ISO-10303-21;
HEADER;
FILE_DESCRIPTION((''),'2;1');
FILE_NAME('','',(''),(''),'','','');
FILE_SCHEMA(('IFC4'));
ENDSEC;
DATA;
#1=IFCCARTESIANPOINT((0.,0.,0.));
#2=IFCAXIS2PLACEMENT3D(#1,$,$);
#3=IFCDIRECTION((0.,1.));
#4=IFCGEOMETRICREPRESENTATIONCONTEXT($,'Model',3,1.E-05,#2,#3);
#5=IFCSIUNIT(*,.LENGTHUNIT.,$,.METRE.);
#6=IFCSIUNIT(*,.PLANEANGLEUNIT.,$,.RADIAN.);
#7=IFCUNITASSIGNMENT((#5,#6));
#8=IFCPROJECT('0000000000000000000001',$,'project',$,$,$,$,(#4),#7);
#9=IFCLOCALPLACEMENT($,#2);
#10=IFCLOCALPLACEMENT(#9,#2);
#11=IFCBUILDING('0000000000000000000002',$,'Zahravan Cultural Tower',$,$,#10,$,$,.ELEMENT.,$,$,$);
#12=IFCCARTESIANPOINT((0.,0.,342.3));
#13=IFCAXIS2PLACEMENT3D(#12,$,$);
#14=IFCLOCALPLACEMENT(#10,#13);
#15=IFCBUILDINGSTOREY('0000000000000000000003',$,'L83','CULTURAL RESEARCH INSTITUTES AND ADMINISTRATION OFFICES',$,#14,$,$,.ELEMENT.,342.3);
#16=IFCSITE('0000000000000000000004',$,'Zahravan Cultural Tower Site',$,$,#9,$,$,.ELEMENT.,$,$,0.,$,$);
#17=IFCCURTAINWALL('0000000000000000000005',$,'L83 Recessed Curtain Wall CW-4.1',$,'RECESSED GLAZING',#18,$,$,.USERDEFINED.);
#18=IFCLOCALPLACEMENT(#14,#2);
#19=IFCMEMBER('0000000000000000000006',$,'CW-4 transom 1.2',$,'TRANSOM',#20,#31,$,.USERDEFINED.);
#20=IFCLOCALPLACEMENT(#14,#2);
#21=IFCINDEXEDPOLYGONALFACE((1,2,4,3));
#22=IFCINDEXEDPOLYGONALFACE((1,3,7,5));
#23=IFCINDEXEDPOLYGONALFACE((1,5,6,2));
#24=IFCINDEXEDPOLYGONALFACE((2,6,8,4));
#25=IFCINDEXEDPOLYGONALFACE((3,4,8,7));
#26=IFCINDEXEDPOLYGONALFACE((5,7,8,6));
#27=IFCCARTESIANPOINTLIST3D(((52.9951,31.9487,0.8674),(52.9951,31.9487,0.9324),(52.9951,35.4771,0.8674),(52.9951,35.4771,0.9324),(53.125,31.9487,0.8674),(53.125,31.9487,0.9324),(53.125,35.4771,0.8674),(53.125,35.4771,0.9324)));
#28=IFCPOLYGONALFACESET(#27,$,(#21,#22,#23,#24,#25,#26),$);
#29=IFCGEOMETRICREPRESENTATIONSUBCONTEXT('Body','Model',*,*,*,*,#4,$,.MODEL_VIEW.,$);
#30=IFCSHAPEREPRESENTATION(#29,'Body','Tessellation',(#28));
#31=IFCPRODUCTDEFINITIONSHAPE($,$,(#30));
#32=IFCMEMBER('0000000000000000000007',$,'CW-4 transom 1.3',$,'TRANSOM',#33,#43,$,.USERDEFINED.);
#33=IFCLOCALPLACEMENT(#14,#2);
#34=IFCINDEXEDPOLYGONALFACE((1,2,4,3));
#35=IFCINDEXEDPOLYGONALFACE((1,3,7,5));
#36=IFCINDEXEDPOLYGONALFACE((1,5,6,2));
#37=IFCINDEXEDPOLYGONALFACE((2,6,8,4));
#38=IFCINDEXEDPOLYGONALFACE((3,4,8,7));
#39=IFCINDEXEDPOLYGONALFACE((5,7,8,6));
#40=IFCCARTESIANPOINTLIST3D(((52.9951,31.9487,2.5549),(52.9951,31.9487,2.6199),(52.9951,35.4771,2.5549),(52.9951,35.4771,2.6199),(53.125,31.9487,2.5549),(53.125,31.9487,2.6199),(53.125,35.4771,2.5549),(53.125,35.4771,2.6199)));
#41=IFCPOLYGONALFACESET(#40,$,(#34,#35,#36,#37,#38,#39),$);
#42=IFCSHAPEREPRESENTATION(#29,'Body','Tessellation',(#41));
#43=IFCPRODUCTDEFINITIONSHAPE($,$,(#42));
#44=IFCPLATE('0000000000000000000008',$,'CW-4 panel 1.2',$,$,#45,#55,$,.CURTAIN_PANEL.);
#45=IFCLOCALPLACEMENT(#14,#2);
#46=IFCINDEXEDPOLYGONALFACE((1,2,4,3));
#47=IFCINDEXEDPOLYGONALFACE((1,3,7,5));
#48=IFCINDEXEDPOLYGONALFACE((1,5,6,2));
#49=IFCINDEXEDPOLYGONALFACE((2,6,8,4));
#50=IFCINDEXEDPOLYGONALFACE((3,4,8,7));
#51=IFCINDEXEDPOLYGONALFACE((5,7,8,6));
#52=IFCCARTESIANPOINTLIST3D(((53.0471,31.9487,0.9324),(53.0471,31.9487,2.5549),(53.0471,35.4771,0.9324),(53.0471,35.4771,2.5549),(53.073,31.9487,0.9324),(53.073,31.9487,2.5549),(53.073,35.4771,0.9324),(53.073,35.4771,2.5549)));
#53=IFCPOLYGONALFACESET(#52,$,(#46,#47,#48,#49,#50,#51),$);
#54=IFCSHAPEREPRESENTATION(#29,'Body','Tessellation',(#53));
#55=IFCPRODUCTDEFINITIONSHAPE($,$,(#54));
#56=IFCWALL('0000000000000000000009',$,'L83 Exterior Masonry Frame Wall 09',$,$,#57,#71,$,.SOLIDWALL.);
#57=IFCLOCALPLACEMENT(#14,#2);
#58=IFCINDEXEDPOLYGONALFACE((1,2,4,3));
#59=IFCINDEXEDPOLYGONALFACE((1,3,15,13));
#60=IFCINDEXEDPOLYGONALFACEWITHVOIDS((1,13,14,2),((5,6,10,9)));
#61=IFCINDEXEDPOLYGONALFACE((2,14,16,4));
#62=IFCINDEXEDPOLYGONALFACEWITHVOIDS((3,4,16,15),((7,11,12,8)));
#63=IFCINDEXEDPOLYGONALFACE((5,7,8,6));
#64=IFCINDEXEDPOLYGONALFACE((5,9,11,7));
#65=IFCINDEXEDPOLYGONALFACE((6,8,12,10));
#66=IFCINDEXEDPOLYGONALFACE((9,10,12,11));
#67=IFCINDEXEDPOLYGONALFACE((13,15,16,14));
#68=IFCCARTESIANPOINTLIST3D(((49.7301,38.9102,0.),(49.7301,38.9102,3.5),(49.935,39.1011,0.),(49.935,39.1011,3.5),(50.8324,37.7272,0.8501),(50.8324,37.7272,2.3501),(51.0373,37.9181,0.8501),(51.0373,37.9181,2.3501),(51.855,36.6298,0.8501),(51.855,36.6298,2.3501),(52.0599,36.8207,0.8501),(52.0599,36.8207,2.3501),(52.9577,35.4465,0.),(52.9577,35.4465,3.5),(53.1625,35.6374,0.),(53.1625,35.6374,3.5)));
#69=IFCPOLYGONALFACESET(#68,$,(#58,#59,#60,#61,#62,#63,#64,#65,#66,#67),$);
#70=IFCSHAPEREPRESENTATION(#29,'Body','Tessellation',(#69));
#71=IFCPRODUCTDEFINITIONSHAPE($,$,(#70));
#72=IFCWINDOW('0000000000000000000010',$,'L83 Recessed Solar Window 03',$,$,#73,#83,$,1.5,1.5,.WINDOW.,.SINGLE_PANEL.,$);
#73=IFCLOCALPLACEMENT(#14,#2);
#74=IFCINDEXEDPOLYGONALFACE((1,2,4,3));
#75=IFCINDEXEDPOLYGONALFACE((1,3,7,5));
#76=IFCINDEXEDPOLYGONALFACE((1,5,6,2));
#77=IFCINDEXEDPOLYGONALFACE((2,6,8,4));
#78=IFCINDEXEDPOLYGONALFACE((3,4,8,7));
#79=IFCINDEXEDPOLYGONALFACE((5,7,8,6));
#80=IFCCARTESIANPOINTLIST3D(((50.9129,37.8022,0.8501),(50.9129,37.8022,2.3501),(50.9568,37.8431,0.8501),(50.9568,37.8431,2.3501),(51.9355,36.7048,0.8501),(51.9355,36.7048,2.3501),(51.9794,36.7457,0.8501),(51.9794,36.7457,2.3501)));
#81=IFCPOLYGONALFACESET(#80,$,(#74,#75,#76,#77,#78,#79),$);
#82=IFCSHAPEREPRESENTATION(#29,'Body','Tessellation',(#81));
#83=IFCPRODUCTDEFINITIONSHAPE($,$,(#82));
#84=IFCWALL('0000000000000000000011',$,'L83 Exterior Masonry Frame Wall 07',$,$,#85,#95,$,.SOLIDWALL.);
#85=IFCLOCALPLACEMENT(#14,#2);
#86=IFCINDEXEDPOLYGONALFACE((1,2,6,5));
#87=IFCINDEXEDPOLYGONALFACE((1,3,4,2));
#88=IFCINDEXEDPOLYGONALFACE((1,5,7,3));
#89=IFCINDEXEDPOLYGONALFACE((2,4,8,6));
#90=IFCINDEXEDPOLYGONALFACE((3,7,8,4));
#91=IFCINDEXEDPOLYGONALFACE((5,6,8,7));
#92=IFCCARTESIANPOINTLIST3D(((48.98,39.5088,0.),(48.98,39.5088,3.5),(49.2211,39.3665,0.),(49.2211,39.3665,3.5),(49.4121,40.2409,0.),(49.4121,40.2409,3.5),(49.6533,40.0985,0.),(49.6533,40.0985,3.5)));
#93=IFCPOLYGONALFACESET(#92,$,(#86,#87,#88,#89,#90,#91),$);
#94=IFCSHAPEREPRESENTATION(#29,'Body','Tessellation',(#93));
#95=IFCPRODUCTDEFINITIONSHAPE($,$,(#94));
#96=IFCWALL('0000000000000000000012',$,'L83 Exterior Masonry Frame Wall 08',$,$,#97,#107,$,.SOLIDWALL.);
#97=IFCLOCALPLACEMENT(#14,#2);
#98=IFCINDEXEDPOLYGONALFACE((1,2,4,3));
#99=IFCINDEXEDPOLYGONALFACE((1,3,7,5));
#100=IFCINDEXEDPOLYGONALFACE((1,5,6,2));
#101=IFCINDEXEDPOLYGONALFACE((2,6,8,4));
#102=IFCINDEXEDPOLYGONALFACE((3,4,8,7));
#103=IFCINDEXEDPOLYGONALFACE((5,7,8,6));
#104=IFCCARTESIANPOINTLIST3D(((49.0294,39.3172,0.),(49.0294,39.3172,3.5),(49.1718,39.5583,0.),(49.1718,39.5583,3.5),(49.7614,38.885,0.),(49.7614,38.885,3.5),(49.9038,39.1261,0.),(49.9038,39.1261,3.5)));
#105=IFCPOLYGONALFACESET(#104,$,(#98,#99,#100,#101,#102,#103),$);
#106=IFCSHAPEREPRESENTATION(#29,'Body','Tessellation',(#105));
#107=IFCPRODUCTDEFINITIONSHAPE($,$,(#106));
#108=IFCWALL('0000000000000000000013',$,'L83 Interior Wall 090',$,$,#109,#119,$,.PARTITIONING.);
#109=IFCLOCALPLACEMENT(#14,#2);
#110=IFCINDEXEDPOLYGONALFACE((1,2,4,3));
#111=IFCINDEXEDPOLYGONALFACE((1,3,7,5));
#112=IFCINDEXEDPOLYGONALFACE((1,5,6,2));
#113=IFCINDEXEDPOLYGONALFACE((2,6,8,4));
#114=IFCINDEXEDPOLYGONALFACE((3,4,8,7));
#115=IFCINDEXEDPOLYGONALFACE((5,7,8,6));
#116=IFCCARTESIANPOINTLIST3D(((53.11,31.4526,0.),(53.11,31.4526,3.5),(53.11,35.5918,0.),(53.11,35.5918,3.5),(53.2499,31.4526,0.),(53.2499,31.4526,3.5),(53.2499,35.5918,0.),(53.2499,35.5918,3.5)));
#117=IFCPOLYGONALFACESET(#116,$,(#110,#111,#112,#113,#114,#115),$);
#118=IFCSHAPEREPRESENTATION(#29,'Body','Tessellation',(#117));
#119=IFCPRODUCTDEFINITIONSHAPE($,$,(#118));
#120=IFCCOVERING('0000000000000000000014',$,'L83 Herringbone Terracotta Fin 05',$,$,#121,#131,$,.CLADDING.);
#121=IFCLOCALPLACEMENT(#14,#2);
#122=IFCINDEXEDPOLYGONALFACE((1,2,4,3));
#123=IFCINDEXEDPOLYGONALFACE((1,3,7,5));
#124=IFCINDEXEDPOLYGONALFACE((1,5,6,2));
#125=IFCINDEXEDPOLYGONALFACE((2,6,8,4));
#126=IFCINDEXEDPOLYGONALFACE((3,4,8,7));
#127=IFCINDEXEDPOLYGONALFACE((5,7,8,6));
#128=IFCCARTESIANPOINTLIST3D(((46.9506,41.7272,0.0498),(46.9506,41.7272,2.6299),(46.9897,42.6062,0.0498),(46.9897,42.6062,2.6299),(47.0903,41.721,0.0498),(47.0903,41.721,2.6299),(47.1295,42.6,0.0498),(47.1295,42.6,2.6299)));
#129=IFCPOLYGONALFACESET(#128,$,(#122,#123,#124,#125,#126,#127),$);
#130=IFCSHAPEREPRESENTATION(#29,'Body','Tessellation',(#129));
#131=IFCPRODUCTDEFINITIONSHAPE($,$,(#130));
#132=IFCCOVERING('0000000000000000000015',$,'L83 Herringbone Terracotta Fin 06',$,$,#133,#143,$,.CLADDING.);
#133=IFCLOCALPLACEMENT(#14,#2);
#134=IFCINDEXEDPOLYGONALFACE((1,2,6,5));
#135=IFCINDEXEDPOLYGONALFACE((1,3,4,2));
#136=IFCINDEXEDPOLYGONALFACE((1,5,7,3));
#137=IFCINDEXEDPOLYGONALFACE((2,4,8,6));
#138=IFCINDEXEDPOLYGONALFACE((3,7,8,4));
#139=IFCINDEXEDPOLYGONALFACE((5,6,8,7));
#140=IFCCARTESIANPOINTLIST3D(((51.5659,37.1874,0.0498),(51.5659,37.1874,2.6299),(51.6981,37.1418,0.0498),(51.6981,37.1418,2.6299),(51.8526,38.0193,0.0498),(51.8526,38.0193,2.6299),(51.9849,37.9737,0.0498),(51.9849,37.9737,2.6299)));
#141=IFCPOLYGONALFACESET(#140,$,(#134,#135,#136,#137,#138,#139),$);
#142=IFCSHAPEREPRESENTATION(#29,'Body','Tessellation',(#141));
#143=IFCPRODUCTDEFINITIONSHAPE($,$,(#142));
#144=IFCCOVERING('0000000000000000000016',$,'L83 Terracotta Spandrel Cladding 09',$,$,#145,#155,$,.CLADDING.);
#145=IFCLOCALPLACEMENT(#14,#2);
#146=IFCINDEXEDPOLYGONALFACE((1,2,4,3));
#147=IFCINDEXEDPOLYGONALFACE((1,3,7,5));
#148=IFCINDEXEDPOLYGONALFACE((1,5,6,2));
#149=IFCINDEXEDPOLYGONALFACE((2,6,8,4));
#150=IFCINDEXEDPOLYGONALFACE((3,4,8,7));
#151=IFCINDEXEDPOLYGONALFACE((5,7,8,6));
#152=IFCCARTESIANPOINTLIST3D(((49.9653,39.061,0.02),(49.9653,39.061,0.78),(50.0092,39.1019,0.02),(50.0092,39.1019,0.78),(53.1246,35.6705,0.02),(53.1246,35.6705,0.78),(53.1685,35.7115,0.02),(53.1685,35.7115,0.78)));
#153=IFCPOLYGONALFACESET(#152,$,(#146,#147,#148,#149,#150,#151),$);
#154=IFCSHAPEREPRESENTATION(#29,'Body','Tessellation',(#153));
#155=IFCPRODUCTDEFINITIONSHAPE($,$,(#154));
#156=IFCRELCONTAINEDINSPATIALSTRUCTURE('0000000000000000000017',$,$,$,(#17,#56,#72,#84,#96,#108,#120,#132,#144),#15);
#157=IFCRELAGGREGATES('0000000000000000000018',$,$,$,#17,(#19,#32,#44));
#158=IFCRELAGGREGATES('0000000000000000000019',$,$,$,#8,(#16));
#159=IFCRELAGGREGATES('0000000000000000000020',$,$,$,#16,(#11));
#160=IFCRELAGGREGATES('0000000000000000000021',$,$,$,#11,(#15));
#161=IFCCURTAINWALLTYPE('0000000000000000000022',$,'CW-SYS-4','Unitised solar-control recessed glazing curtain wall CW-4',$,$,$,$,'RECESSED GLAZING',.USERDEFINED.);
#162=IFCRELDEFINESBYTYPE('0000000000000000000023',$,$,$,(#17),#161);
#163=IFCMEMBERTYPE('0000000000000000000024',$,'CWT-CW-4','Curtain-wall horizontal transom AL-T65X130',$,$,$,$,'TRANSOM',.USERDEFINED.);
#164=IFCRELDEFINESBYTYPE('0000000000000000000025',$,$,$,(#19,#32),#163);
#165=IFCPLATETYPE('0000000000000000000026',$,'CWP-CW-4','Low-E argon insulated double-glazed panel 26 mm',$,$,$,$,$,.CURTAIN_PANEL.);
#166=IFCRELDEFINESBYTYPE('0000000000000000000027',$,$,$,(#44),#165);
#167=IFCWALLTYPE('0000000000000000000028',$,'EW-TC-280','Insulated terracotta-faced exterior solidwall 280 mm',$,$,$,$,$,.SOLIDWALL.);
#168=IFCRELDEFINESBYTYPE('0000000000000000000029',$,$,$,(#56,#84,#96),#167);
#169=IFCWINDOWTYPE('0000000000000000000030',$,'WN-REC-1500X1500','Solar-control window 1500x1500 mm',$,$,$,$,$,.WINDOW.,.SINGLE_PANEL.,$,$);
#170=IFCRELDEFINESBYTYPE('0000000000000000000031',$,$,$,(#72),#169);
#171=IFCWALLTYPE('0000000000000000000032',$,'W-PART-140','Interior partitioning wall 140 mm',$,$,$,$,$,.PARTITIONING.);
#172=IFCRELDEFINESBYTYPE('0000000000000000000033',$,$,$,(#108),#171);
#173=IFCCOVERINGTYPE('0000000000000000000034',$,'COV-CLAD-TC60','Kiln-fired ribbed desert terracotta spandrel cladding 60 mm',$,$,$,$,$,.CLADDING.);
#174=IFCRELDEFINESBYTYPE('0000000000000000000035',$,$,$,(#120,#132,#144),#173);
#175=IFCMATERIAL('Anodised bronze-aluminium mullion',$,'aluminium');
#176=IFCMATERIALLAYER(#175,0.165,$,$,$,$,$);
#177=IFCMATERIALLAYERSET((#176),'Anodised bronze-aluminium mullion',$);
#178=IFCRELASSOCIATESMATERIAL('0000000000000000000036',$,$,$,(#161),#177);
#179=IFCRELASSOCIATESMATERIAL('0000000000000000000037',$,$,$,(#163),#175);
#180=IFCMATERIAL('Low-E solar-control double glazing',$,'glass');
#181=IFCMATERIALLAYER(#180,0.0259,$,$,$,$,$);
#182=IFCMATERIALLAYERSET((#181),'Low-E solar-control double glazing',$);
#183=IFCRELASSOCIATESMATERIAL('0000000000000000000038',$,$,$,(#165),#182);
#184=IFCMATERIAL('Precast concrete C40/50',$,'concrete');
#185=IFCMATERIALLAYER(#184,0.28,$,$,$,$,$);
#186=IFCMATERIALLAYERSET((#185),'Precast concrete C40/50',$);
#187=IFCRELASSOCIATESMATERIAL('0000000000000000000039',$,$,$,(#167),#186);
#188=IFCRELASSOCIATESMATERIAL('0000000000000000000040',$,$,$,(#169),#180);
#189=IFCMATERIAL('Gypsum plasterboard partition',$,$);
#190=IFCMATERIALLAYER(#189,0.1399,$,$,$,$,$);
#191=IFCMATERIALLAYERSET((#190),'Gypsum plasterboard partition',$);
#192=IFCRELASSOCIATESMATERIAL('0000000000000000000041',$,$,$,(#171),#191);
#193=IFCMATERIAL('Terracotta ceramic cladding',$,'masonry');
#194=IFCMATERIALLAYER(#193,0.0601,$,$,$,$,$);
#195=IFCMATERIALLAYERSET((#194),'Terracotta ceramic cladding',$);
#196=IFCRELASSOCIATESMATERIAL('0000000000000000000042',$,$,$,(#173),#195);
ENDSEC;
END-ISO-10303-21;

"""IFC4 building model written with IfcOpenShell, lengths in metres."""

from ifc_helpers import new_model, si_unit, direction, frame, frame_2d, origin, origin_2d, place, context, subcontext, project, spatial, rectangle, extrude, source, transform, mapped, material, layer, layer_set, material_profile, profile_set, type_object, element, fill, aggregate, save


model = new_model("IFC4")

# Units and contexts
model_context = context("Model", 3, precision=1e-05, world=origin(), true_north=direction((0.0, 1.0)))
body_context = subcontext(model_context, "Body", "Model", "MODEL_VIEW")
ifc_project = project(units=[si_unit("LENGTHUNIT", "METRE"), si_unit("PLANEANGLEUNIT", "RADIAN")], contexts=[model_context])

# Site, building, storey
site_placement = place(None, origin())
site = spatial("IfcSite", under=ifc_project, at=site_placement, Name="Zahravan Cultural Tower Site", CompositionType="ELEMENT", RefElevation=0.0)
building_placement = place(site_placement, origin())
building = spatial("IfcBuilding", under=site, at=building_placement, Name="Zahravan Cultural Tower", CompositionType="ELEMENT")
storey_placement = place(building_placement, frame((0.0, 0.0, 342.3)))
storey = spatial("IfcBuildingStorey", under=building, at=storey_placement, Name="L83", Description="CULTURAL RESEARCH INSTITUTES AND ADMINISTRATION OFFICES", CompositionType="ELEMENT", Elevation=342.3)

# Curtain wall, members, plate
ifc_material_1 = material(Name="Anodised bronze-aluminium mullion", Category="aluminium")
ifc_layer_1 = layer(ifc_material_1, 0.165)
ifc_layer_set_1 = layer_set([ifc_layer_1], Name="Anodised bronze-aluminium mullion")
curtain_wall_type = type_object("IfcCurtainWallType", Name="CW-SYS-4", Description="Unitised solar-control recessed glazing curtain wall CW-4", ElementType="RECESSED GLAZING", PredefinedType="USERDEFINED", material=ifc_layer_set_1)
curtain_wall_placement = place(storey_placement, origin())
curtain_wall = element("IfcCurtainWall", 1, at=curtain_wall_placement, inside=storey, type_object=curtain_wall_type, Name="L83 Recessed Curtain Wall CW-4.1", ObjectType="RECESSED GLAZING", PredefinedType="USERDEFINED")
ifc_material_profile_1 = material_profile(ifc_material_1, rectangle(XDim=0.1299, YDim=0.0649, at=origin_2d()), Name="AL-T65X130")
ifc_profile_set_1 = profile_set([ifc_material_profile_1], Name="Anodised bronze-aluminium mullion")
member_type_1 = type_object("IfcMemberType", Name="CWT-CW-4", Description="Curtain-wall horizontal transom AL-T65X130", ElementType="TRANSOM", PredefinedType="USERDEFINED", material=ifc_profile_set_1)
shared_shape_1 = source(origin(), body_context, "Body", "SweptSolid", [
    extrude(rectangle(XDim=0.1299, YDim=0.0649, at=origin_2d()), origin(), (0.0, 0.0, 1.0), 3.5283),
])
member_1_placement = place(storey_placement, frame((53.0601, 35.4771, 0.8999), z_axis=(0.0, -1.0, 0.0), x_axis=(1.0, 0.0, 0.0)))
member_1 = element("IfcMember", 2, at=member_1_placement, type_object=member_type_1, Name="CW-4 transom 1.2", ObjectType="TRANSOM", PredefinedType="USERDEFINED", context=body_context, shape_type="MappedRepresentation", body=[
    mapped(shared_shape_1, transform((0.0, 0.0, 0.0), x_axis=(1.0, 0.0, 0.0), y_axis=(0.0, 1.0, 0.0), z_axis=(0.0, 0.0, 1.0), scale=1.0)),
])
member_2_placement = place(storey_placement, frame((53.0601, 35.4771, 2.5874), z_axis=(0.0, -1.0, 0.0), x_axis=(1.0, 0.0, 0.0)))
member_2 = element("IfcMember", 3, at=member_2_placement, type_object=member_type_1, Name="CW-4 transom 1.3", ObjectType="TRANSOM", PredefinedType="USERDEFINED", context=body_context, shape_type="MappedRepresentation", body=[
    mapped(shared_shape_1, transform((0.0, 0.0, 0.0), x_axis=(1.0, 0.0, 0.0), y_axis=(0.0, 1.0, 0.0), z_axis=(0.0, 0.0, 1.0), scale=1.0)),
])
ifc_material_2 = material(Name="Low-E solar-control double glazing", Category="glass")
ifc_layer_2 = layer(ifc_material_2, 0.0259)
ifc_layer_set_2 = layer_set([ifc_layer_2], Name="Low-E solar-control double glazing")
plate_type = type_object("IfcPlateType", Name="CWP-CW-4", Description="Low-E argon insulated double-glazed panel 26 mm", PredefinedType="CURTAIN_PANEL", material=ifc_layer_set_2)
shared_shape_2 = source(origin(), body_context, "Body", "SweptSolid", [
    extrude(rectangle(XDim=3.5283, YDim=0.0259, at=origin_2d()), origin(), (0.0, 0.0, 1.0), 1.6226),
])
plate_placement = place(storey_placement, frame((53.0601, 33.7129, 0.9324), z_axis=(0.0, 0.0, 1.0), x_axis=(0.0, -1.0, 0.0)))
plate = element("IfcPlate", 4, at=plate_placement, type_object=plate_type, Name="CW-4 panel 1.2", PredefinedType="CURTAIN_PANEL", context=body_context, shape_type="MappedRepresentation", body=[
    mapped(shared_shape_2, transform((0.0, 0.0, 0.0), x_axis=(1.0, 0.0, 0.0), y_axis=(0.0, 1.0, 0.0), z_axis=(0.0, 0.0, 1.0), scale=1.0)),
])
aggregate(curtain_wall, [member_1, member_2, plate])

# Wall, opening, window
ifc_material_3 = material(Name="Precast concrete C40/50", Category="concrete")
ifc_layer_3 = layer(ifc_material_3, 0.28)
ifc_layer_set_3 = layer_set([ifc_layer_3], Name="Precast concrete C40/50")
wall_type_1 = type_object("IfcWallType", Name="EW-TC-280", Description="Insulated terracotta-faced exterior solidwall 280 mm", PredefinedType="SOLIDWALL", material=ifc_layer_set_3)
wall_1_placement = place(storey_placement, frame((49.8325, 39.0056, 0.0), z_axis=(0.0, 0.0, 1.0), x_axis=(0.681734, -0.7316, 0.0)))
wall_1 = element("IfcWall", 5, at=wall_1_placement, inside=storey, type_object=wall_type_1, Name="L83 Exterior Masonry Frame Wall 09", PredefinedType="SOLIDWALL", context=body_context, shape_type="SweptSolid", body=[
    extrude(rectangle(XDim=4.7344, YDim=0.28, at=frame_2d((2.3672, 0.0))), origin(), (0.0, 0.0, 1.0), 3.5),
])
opening_placement = place(wall_1_placement, frame((1.6169, 0.0, 0.8501)))
opening = element("IfcOpeningElement", 6, at=opening_placement, cuts=wall_1, PredefinedType="OPENING", context=body_context, shape_type="SweptSolid", body=[
    extrude(rectangle(XDim=1.5, YDim=1.5, at=frame_2d((0.75, 0.75))), frame((0.0, 0.1499, 0.0), z_axis=(0.0, -1.0, 0.0), x_axis=(1.0, 0.0, 0.0)), (0.0, 0.0, 1.0), 0.3),
])
window_type = type_object("IfcWindowType", Name="WN-REC-1500X1500", Description="Solar-control window 1500x1500 mm", PartitioningType="SINGLE_PANEL", PredefinedType="WINDOW", material=ifc_material_2)
shared_shape_3 = source(origin(), body_context, "Body", "SweptSolid", [
    extrude(rectangle(XDim=1.5, YDim=1.5, at=frame_2d((0.75, 0.75))), frame((0.0, 0.03, 0.0), z_axis=(0.0, -1.0, 0.0), x_axis=(1.0, 0.0, 0.0)), (0.0, 0.0, 1.0), 0.0601),
])
window_placement = place(opening_placement, origin())
window = element("IfcWindow", 7, at=window_placement, inside=storey, type_object=window_type, Name="L83 Recessed Solar Window 03", OverallHeight=1.5, OverallWidth=1.5, PartitioningType="SINGLE_PANEL", PredefinedType="WINDOW", context=body_context, shape_type="MappedRepresentation", body=[
    mapped(shared_shape_3, transform((0.0, 0.0, 0.0), x_axis=(1.0, 0.0, 0.0), y_axis=(0.0, 1.0, 0.0), z_axis=(0.0, 0.0, 1.0), scale=1.0)),
])
fill(opening, window)

# Walls
shared_shape_4 = source(origin(), body_context, "Body", "SweptSolid", [
    extrude(rectangle(XDim=0.8501, YDim=0.28, at=frame_2d((0.425, 0.0))), origin(), (0.0, 0.0, 1.0), 3.5),
])
for number, where, z_axis, x_axis, name in (
    (8, (49.5327, 40.1697, 0.0), (0.0, 0.0, 1.0), (-0.5084, -0.861121, 0.0), "L83 Exterior Masonry Frame Wall 07"),
    (9, (49.1006, 39.4377, 0.0), (0.0, 0.0, 1.0), (0.861121, -0.5084, 0.0), "L83 Exterior Masonry Frame Wall 08"),
):
    element("IfcWall", number, at=place(storey_placement, frame(where, z_axis=z_axis, x_axis=x_axis)), inside=storey, type_object=wall_type_1, Name=name, PredefinedType="SOLIDWALL", context=body_context, shape_type="MappedRepresentation", body=[
        mapped(shared_shape_4, transform((0.0, 0.0, 0.0), x_axis=(1.0, 0.0, 0.0), y_axis=(0.0, 1.0, 0.0), z_axis=(0.0, 0.0, 1.0), scale=1.0)),
    ])
ifc_material_4 = material(Name="Gypsum plasterboard partition")
ifc_layer_4 = layer(ifc_material_4, 0.1399)
ifc_layer_set_4 = layer_set([ifc_layer_4], Name="Gypsum plasterboard partition")
wall_type_2 = type_object("IfcWallType", Name="W-PART-140", Description="Interior partitioning wall 140 mm", PredefinedType="PARTITIONING", material=ifc_layer_set_4)
shared_shape_5 = source(origin(), body_context, "Body", "SweptSolid", [
    extrude(rectangle(XDim=4.1392, YDim=0.1399, at=frame_2d((2.0696, 0.0))), origin(), (0.0, 0.0, 1.0), 3.5),
])
wall_2_placement = place(storey_placement, frame((53.1799, 35.5918, 0.0), z_axis=(0.0, 0.0, 1.0), x_axis=(0.0, -1.0, 0.0)))
element("IfcWall", 10, at=wall_2_placement, inside=storey, type_object=wall_type_2, Name="L83 Interior Wall 090", PredefinedType="PARTITIONING", context=body_context, shape_type="MappedRepresentation", body=[
    mapped(shared_shape_5, transform((0.0, 0.0, 0.0), x_axis=(1.0, 0.0, 0.0), y_axis=(0.0, 1.0, 0.0), z_axis=(0.0, 0.0, 1.0), scale=1.0)),
])

# Coverings
ifc_material_5 = material(Name="Terracotta ceramic cladding", Category="masonry")
ifc_layer_5 = layer(ifc_material_5, 0.0601)
ifc_layer_set_5 = layer_set([ifc_layer_5], Name="Terracotta ceramic cladding")
covering_type = type_object("IfcCoveringType", Name="COV-CLAD-TC60", Description="Kiln-fired ribbed desert terracotta spandrel cladding 60 mm", PredefinedType="CLADDING", material=ifc_layer_set_5)
shared_shape_6 = source(origin(), body_context, "Body", "SweptSolid", [
    extrude(rectangle(XDim=0.8799, YDim=0.1399, at=origin_2d()), origin(), (0.0, 0.0, 1.0), 2.5801),
])
for number, where, z_axis, x_axis, name in (
    (11, (47.04, 42.1636, 0.0498), (0.0, 0.0, 1.0), (0.044491, 0.99901, 0.0), "L83 Herringbone Terracotta Fin 05"),
    (12, (51.7754, 37.5806, 0.0498), (0.0, 0.0, 1.0), (0.325915, 0.945399, 0.0), "L83 Herringbone Terracotta Fin 06"),
):
    element("IfcCovering", number, at=place(storey_placement, frame(where, z_axis=z_axis, x_axis=x_axis)), inside=storey, type_object=covering_type, Name=name, PredefinedType="CLADDING", context=body_context, shape_type="MappedRepresentation", body=[
        mapped(shared_shape_6, transform((0.0, 0.0, 0.0), x_axis=(1.0, 0.0, 0.0), y_axis=(0.0, 1.0, 0.0), z_axis=(0.0, 0.0, 1.0), scale=1.0)),
    ])
shared_shape_7 = source(origin(), body_context, "Body", "SweptSolid", [
    extrude(rectangle(XDim=4.6343, YDim=0.0601, at=origin_2d()), origin(), (0.0, 0.0, 1.0), 0.76),
])
covering_placement = place(storey_placement, frame((51.5669, 37.3862, 0.02), z_axis=(0.0, 0.0, 1.0), x_axis=(0.68173, -0.731604, 0.0)))
element("IfcCovering", 13, at=covering_placement, inside=storey, type_object=covering_type, Name="L83 Terracotta Spandrel Cladding 09", PredefinedType="CLADDING", context=body_context, shape_type="MappedRepresentation", body=[
    mapped(shared_shape_7, transform((0.0, 0.0, 0.0), x_axis=(1.0, 0.0, 0.0), y_axis=(0.0, 1.0, 0.0), z_axis=(0.0, 0.0, 1.0), scale=1.0)),
])

save(model, "model.ifc")
